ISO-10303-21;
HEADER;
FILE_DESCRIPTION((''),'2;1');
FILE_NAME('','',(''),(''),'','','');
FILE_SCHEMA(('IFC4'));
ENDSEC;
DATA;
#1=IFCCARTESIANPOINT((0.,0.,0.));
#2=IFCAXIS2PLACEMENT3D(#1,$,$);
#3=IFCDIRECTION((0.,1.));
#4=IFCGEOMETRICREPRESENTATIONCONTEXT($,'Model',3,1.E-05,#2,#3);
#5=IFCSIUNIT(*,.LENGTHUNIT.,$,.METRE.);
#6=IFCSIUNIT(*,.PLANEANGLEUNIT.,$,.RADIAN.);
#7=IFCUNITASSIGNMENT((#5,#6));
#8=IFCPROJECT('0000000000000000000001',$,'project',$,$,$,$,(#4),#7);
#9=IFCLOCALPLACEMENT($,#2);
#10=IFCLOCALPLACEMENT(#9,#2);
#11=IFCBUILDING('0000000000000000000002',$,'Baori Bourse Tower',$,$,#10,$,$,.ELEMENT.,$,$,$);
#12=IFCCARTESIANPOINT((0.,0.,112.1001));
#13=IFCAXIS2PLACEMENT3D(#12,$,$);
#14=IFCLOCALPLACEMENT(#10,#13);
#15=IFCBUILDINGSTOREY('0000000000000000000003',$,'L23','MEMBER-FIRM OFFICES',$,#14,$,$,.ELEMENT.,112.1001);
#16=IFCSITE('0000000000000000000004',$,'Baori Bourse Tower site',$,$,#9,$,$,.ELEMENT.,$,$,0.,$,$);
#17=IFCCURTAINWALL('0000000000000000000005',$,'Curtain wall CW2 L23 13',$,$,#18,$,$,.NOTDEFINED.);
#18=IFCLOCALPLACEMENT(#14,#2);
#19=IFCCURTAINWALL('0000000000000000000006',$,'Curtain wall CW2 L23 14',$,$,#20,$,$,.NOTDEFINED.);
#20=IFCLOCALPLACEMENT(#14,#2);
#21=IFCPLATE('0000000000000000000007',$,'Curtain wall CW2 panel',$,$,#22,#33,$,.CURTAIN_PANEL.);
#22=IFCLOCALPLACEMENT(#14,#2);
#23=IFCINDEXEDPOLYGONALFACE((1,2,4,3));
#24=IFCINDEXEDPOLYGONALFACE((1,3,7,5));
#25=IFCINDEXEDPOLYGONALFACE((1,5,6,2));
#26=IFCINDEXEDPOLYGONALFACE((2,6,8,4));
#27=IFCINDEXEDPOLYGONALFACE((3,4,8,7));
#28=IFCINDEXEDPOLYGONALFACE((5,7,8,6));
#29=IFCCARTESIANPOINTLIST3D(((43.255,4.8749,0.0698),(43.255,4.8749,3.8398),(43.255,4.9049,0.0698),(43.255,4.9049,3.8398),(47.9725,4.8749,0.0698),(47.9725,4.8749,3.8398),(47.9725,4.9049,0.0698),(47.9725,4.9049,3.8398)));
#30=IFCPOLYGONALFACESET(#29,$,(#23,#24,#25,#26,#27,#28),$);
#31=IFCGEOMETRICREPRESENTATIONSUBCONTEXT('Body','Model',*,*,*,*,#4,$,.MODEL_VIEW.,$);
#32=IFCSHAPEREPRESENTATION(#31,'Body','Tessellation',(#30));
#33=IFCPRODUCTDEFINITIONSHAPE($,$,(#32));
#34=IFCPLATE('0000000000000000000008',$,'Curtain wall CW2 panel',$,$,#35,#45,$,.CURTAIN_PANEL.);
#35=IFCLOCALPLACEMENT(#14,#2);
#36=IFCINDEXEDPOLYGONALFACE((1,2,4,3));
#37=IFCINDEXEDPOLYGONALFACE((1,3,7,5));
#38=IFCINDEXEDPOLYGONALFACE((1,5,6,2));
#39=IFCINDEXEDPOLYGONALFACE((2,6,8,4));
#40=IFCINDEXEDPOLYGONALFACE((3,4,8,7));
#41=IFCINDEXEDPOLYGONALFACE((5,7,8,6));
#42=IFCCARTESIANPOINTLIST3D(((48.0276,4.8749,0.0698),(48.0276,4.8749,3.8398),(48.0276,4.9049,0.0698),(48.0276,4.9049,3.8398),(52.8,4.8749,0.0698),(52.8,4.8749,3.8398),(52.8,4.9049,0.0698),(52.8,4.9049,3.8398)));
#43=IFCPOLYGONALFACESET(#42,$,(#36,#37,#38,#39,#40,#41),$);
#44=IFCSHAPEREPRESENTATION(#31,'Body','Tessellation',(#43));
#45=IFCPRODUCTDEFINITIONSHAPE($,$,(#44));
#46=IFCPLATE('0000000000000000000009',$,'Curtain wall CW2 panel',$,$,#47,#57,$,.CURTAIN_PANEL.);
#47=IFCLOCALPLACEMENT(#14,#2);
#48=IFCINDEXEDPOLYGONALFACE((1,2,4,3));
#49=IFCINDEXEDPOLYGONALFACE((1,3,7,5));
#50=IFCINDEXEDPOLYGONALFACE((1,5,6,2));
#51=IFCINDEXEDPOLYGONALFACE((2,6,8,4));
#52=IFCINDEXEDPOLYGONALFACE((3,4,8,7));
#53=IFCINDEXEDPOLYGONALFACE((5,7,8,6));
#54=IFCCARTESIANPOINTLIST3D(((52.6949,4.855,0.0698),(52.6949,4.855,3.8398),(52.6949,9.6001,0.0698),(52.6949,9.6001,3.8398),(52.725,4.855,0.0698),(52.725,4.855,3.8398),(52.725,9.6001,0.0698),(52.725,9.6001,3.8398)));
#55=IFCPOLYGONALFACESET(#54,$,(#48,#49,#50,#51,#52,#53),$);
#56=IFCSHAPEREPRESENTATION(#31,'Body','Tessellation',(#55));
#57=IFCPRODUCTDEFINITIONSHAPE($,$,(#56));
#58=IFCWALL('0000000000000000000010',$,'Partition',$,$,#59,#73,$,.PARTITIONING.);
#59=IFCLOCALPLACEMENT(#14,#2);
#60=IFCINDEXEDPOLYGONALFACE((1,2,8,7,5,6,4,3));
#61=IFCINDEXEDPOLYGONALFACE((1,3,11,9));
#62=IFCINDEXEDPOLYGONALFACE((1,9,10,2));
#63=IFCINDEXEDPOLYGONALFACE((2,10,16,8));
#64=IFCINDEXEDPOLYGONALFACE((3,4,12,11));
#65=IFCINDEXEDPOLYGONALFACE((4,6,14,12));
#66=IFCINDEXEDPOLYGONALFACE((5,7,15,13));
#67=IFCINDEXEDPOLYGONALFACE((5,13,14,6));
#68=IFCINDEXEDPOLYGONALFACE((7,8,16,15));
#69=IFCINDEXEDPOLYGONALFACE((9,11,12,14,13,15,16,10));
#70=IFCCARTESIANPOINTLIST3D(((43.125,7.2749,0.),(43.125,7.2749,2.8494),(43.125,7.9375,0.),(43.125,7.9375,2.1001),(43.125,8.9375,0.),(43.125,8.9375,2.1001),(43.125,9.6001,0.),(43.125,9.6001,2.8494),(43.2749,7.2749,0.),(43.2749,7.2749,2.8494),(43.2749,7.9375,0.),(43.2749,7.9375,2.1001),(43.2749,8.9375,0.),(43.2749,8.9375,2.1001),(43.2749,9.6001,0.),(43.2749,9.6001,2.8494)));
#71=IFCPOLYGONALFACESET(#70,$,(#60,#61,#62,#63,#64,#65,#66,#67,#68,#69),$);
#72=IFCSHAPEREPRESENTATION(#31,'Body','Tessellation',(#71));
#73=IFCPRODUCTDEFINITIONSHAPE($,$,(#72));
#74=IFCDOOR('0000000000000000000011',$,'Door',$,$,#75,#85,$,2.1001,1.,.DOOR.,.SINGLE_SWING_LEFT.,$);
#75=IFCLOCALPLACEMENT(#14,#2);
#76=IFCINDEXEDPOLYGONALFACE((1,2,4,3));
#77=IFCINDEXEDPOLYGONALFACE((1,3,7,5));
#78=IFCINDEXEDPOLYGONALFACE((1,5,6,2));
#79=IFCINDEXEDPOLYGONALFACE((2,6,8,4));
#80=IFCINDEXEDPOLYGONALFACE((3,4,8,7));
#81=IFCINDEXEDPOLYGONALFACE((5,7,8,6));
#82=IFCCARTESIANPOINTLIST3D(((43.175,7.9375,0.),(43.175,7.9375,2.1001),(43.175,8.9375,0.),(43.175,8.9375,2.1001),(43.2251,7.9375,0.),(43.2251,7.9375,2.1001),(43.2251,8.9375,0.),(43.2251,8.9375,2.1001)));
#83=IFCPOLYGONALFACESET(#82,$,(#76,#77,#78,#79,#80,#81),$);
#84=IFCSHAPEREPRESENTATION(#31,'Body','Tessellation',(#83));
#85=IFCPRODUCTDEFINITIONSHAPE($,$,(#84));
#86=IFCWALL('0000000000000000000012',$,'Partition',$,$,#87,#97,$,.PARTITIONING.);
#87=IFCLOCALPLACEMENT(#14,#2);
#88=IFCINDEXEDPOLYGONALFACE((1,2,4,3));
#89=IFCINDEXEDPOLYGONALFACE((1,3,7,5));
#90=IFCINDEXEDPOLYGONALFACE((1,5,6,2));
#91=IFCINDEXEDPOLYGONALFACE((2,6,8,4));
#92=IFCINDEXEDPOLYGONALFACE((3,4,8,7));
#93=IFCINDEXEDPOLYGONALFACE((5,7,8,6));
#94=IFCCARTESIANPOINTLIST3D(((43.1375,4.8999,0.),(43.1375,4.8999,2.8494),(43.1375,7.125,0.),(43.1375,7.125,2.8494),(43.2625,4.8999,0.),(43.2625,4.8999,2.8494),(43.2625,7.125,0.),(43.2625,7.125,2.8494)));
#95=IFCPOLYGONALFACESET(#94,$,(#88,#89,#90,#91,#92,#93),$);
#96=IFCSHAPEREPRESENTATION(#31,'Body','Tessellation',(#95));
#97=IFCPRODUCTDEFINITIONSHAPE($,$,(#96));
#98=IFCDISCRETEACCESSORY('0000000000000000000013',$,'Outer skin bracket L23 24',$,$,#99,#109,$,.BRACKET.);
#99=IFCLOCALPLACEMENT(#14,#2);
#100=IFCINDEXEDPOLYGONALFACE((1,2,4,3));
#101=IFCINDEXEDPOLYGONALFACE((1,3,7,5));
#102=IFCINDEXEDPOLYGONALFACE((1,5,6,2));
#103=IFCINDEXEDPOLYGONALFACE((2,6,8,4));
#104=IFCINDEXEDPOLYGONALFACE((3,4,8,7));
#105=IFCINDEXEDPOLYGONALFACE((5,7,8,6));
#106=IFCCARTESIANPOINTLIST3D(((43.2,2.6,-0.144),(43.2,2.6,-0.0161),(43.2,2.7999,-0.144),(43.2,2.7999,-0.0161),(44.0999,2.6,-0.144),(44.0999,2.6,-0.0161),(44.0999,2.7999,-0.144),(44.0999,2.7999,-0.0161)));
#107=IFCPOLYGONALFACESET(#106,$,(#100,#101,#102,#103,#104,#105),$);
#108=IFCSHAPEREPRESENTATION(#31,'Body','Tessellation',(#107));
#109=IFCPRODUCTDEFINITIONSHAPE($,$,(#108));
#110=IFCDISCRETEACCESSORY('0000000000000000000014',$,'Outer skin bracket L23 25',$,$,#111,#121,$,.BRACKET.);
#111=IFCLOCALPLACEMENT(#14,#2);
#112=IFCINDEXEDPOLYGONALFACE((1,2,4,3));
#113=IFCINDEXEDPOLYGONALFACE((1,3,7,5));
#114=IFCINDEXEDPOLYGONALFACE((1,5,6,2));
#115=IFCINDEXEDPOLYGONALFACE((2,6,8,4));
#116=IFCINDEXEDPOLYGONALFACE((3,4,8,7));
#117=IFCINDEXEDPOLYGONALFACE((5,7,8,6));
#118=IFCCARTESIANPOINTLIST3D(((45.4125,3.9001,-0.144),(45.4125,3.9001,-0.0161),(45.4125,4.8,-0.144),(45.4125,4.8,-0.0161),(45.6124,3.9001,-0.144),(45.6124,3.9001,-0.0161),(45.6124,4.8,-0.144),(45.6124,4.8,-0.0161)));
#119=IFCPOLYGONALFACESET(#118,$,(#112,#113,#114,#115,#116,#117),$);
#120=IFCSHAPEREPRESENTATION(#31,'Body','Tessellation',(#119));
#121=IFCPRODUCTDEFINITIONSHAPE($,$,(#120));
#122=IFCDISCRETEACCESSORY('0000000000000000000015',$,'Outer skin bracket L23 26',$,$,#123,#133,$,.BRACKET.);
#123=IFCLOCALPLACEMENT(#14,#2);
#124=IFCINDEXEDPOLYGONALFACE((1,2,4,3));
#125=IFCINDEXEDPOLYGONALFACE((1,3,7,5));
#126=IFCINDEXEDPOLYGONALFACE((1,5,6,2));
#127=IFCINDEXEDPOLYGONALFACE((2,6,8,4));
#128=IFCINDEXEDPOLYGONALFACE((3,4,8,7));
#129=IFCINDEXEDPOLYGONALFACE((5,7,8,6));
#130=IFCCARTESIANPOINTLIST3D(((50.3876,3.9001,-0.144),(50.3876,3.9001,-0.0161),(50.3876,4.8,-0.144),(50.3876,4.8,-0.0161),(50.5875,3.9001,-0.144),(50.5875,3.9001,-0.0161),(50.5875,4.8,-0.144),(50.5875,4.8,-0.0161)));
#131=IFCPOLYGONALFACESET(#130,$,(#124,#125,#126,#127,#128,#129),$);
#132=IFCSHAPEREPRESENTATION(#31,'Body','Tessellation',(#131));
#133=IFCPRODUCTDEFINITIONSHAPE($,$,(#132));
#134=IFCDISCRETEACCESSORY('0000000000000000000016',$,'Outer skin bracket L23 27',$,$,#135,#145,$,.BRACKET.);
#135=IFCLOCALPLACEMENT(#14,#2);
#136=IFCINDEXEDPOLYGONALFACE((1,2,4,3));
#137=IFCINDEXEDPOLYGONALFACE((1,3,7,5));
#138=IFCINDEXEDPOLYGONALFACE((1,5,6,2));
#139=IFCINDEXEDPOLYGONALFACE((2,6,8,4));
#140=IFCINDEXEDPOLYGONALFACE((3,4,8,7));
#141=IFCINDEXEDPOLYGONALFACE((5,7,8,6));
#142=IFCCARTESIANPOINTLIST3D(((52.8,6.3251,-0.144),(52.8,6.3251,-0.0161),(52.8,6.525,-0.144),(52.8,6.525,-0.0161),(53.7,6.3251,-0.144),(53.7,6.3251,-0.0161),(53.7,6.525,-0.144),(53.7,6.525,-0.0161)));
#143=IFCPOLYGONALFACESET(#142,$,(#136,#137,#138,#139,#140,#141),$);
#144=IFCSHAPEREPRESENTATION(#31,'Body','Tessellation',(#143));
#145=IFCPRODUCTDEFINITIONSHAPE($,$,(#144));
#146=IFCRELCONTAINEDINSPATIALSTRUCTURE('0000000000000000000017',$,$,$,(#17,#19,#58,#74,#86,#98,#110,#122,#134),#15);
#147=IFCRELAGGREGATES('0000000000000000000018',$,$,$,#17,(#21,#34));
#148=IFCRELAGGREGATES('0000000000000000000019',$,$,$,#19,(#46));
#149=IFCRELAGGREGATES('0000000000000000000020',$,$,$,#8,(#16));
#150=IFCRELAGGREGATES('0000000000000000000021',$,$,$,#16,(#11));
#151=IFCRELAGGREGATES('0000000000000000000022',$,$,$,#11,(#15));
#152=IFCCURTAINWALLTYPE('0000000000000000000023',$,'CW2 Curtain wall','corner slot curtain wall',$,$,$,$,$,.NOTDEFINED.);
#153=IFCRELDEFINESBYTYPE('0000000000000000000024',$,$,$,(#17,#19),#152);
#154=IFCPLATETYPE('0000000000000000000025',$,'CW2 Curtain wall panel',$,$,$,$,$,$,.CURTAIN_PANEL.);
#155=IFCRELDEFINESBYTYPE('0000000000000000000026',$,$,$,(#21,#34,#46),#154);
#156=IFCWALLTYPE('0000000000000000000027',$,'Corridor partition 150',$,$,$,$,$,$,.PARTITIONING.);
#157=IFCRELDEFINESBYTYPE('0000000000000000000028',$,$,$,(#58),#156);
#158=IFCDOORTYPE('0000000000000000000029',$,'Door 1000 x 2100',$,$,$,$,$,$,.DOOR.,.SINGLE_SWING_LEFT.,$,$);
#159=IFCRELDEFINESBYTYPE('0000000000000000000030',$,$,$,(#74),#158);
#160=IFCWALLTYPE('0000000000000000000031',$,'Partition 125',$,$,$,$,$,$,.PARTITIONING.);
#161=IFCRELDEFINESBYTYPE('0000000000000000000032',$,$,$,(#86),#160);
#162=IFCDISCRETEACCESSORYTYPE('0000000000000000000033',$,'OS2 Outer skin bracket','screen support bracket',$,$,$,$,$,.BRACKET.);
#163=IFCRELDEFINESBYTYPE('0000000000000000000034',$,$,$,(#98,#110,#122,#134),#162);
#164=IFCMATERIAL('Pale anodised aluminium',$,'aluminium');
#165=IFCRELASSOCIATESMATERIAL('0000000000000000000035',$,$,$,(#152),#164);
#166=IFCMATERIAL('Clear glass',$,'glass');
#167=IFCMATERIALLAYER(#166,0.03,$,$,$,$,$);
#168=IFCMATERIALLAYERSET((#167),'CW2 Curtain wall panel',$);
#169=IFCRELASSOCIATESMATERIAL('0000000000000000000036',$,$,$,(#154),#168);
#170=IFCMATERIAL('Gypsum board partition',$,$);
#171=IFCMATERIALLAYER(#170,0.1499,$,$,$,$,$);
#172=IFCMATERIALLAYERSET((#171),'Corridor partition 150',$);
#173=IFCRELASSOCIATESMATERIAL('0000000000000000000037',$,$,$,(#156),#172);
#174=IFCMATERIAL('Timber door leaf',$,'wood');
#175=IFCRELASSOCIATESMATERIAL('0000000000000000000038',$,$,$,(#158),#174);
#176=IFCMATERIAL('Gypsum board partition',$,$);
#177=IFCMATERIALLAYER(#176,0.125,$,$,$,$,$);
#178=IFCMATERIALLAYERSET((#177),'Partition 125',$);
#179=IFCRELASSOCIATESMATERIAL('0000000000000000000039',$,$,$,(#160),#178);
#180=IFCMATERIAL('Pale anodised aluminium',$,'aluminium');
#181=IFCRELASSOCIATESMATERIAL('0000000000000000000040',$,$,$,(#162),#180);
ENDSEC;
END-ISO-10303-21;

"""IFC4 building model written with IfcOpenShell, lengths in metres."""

from ifc_helpers import new_model, si_unit, direction, frame, frame_2d, origin, origin_2d, place, context, subcontext, project, spatial, rectangle, extrude, material, layer, layer_set, type_object, element, fill, aggregate, save


model = new_model("IFC4")

# Units and contexts
model_context = context("Model", 3, precision=1e-05, world=origin(), true_north=direction((0.0, 1.0)))
body_context = subcontext(model_context, "Body", "Model", "MODEL_VIEW")
ifc_project = project(units=[si_unit("LENGTHUNIT", "METRE"), si_unit("PLANEANGLEUNIT", "RADIAN")], contexts=[model_context])

# Site, building, storey
site_placement = place(None, origin())
site = spatial("IfcSite", under=ifc_project, at=site_placement, Name="Baori Bourse Tower site", CompositionType="ELEMENT", RefElevation=0.0)
building_placement = place(site_placement, origin())
building = spatial("IfcBuilding", under=site, at=building_placement, Name="Baori Bourse Tower", CompositionType="ELEMENT")
storey_placement = place(building_placement, frame((0.0, 0.0, 112.1001)))
storey = spatial("IfcBuildingStorey", under=building, at=storey_placement, Name="L23", Description="MEMBER-FIRM OFFICES", CompositionType="ELEMENT", Elevation=112.1001)

# Curtain wall
ifc_material_1 = material(Name="Pale anodised aluminium", Category="aluminium")
curtain_wall_type = type_object("IfcCurtainWallType", Name="CW2 Curtain wall", Description="corner slot curtain wall", PredefinedType="NOTDEFINED", material=ifc_material_1)
curtain_wall_1_placement = place(storey_placement, origin())
curtain_wall_1 = element("IfcCurtainWall", 1, at=curtain_wall_1_placement, inside=storey, type_object=curtain_wall_type, Name="Curtain wall CW2 L23 13", PredefinedType="NOTDEFINED")

# Curtain wall
curtain_wall_2_placement = place(storey_placement, origin())
curtain_wall_2 = element("IfcCurtainWall", 2, at=curtain_wall_2_placement, inside=storey, type_object=curtain_wall_type, Name="Curtain wall CW2 L23 14", PredefinedType="NOTDEFINED")

# Plates
ifc_material_2 = material(Name="Clear glass", Category="glass")
ifc_layer_1 = layer(ifc_material_2, 0.03)
ifc_layer_set_1 = layer_set([ifc_layer_1], Name="CW2 Curtain wall panel")
plate_type = type_object("IfcPlateType", Name="CW2 Curtain wall panel", PredefinedType="CURTAIN_PANEL", material=ifc_layer_set_1)
plate_1_placement = place(storey_placement, frame((45.6138, 4.8899, 0.0698), z_axis=(0.0, 0.0, 1.0), x_axis=(1.0, 0.0, 0.0)))
plate_1 = element("IfcPlate", 3, at=plate_1_placement, type_object=plate_type, Name="Curtain wall CW2 panel", PredefinedType="CURTAIN_PANEL", context=body_context, shape_type="SweptSolid", body=[
    extrude(rectangle(XDim=4.7175, YDim=0.03, at=origin_2d()), origin(), (0.0, 0.0, 1.0), 3.77),
])
plate_2_placement = place(storey_placement, frame((50.4138, 4.8899, 0.0698), z_axis=(0.0, 0.0, 1.0), x_axis=(1.0, 0.0, 0.0)))
plate_2 = element("IfcPlate", 4, at=plate_2_placement, type_object=plate_type, Name="Curtain wall CW2 panel", PredefinedType="CURTAIN_PANEL", context=body_context, shape_type="SweptSolid", body=[
    extrude(rectangle(XDim=4.7725, YDim=0.03, at=origin_2d()), origin(), (0.0, 0.0, 1.0), 3.77),
])
aggregate(curtain_wall_1, [plate_1, plate_2])
plate_3_placement = place(storey_placement, frame((52.71, 7.2275, 0.0698), z_axis=(0.0, 0.0, 1.0), x_axis=(0.0, 1.0, 0.0)))
plate_3 = element("IfcPlate", 5, at=plate_3_placement, type_object=plate_type, Name="Curtain wall CW2 panel", PredefinedType="CURTAIN_PANEL", context=body_context, shape_type="SweptSolid", body=[
    extrude(rectangle(XDim=4.7451, YDim=0.03, at=origin_2d()), origin(), (0.0, 0.0, 1.0), 3.77),
])
aggregate(curtain_wall_2, [plate_3])

# Wall, opening, door
ifc_material_3 = material(Name="Gypsum board partition")
ifc_layer_2 = layer(ifc_material_3, 0.1499)
ifc_layer_set_2 = layer_set([ifc_layer_2], Name="Corridor partition 150")
wall_type_1 = type_object("IfcWallType", Name="Corridor partition 150", PredefinedType="PARTITIONING", material=ifc_layer_set_2)
wall_1_placement = place(storey_placement, frame((43.2, 7.2749, 0.0), z_axis=(0.0, 0.0, 1.0), x_axis=(0.0, 1.0, 0.0)))
wall_1 = element("IfcWall", 6, at=wall_1_placement, inside=storey, type_object=wall_type_1, Name="Partition", PredefinedType="PARTITIONING", context=body_context, shape_type="SweptSolid", body=[
    extrude(rectangle(XDim=2.3252, YDim=0.1499, at=frame_2d((1.1626, 0.0))), origin(), (0.0, 0.0, 1.0), 2.8494),
])
opening_placement = place(wall_1_placement, frame((0.6626, 0.0, 0.0)))
opening = element("IfcOpeningElement", 7, at=opening_placement, cuts=wall_1, PredefinedType="OPENING", context=body_context, shape_type="SweptSolid", body=[
    extrude(rectangle(XDim=1.0, YDim=2.1001, at=frame_2d((0.5, 1.05))), frame((0.0, 0.085, 0.0), z_axis=(0.0, -1.0, 0.0), x_axis=(1.0, 0.0, 0.0)), (0.0, 0.0, 1.0), 0.1699),
])
ifc_material_4 = material(Name="Timber door leaf", Category="wood")
door_type = type_object("IfcDoorType", Name="Door 1000 x 2100", OperationType="SINGLE_SWING_LEFT", PredefinedType="DOOR", material=ifc_material_4)
door_placement = place(opening_placement, origin())
door = element("IfcDoor", 8, at=door_placement, inside=storey, type_object=door_type, Name="Door", OperationType="SINGLE_SWING_LEFT", OverallHeight=2.1001, OverallWidth=1.0, PredefinedType="DOOR", context=body_context, shape_type="SweptSolid", body=[
    extrude(rectangle(XDim=1.0, YDim=2.1001, at=frame_2d((0.5, 1.05))), frame((0.0, 0.0249, 0.0), z_axis=(0.0, -1.0, 0.0), x_axis=(1.0, 0.0, 0.0)), (0.0, 0.0, 1.0), 0.05),
])
fill(opening, door)

# Wall
ifc_material_5 = material(Name="Gypsum board partition")
ifc_layer_3 = layer(ifc_material_5, 0.125)
ifc_layer_set_3 = layer_set([ifc_layer_3], Name="Partition 125")
wall_type_2 = type_object("IfcWallType", Name="Partition 125", PredefinedType="PARTITIONING", material=ifc_layer_set_3)
wall_2_placement = place(storey_placement, frame((43.2, 4.8999, 0.0), z_axis=(0.0, 0.0, 1.0), x_axis=(0.0, 1.0, 0.0)))
element("IfcWall", 9, at=wall_2_placement, inside=storey, type_object=wall_type_2, Name="Partition", PredefinedType="PARTITIONING", context=body_context, shape_type="SweptSolid", body=[
    extrude(rectangle(XDim=2.2251, YDim=0.125, at=frame_2d((1.1125, 0.0))), origin(), (0.0, 0.0, 1.0), 2.8494),
])

# Discrete accessories
ifc_material_6 = material(Name="Pale anodised aluminium", Category="aluminium")
discrete_accessory_type = type_object("IfcDiscreteAccessoryType", Name="OS2 Outer skin bracket", Description="screen support bracket", PredefinedType="BRACKET", material=ifc_material_6)
for number, where, z_axis, x_axis, name in (
    (10, (43.6499, 2.7, -0.144), (0.0, 0.0, 1.0), (0.0, 1.0, 0.0), "Outer skin bracket L23 24"),
    (11, (45.5125, 4.3501, -0.144), (0.0, 0.0, 1.0), (1.0, 0.0, 0.0), "Outer skin bracket L23 25"),
    (12, (50.4875, 4.3501, -0.144), (0.0, 0.0, 1.0), (1.0, 0.0, 0.0), "Outer skin bracket L23 26"),
    (13, (53.25, 6.425, -0.144), (0.0, 0.0, 1.0), (0.0, 1.0, 0.0), "Outer skin bracket L23 27"),
):
    element("IfcDiscreteAccessory", number, at=place(storey_placement, frame(where, z_axis=z_axis, x_axis=x_axis)), inside=storey, type_object=discrete_accessory_type, Name=name, PredefinedType="BRACKET", context=body_context, shape_type="SweptSolid", body=[
        extrude(rectangle(XDim=0.2, YDim=0.8999, at=origin_2d()), origin(), (0.0, 0.0, 1.0), 0.1279),
    ])

save(model, "model.ifc")
